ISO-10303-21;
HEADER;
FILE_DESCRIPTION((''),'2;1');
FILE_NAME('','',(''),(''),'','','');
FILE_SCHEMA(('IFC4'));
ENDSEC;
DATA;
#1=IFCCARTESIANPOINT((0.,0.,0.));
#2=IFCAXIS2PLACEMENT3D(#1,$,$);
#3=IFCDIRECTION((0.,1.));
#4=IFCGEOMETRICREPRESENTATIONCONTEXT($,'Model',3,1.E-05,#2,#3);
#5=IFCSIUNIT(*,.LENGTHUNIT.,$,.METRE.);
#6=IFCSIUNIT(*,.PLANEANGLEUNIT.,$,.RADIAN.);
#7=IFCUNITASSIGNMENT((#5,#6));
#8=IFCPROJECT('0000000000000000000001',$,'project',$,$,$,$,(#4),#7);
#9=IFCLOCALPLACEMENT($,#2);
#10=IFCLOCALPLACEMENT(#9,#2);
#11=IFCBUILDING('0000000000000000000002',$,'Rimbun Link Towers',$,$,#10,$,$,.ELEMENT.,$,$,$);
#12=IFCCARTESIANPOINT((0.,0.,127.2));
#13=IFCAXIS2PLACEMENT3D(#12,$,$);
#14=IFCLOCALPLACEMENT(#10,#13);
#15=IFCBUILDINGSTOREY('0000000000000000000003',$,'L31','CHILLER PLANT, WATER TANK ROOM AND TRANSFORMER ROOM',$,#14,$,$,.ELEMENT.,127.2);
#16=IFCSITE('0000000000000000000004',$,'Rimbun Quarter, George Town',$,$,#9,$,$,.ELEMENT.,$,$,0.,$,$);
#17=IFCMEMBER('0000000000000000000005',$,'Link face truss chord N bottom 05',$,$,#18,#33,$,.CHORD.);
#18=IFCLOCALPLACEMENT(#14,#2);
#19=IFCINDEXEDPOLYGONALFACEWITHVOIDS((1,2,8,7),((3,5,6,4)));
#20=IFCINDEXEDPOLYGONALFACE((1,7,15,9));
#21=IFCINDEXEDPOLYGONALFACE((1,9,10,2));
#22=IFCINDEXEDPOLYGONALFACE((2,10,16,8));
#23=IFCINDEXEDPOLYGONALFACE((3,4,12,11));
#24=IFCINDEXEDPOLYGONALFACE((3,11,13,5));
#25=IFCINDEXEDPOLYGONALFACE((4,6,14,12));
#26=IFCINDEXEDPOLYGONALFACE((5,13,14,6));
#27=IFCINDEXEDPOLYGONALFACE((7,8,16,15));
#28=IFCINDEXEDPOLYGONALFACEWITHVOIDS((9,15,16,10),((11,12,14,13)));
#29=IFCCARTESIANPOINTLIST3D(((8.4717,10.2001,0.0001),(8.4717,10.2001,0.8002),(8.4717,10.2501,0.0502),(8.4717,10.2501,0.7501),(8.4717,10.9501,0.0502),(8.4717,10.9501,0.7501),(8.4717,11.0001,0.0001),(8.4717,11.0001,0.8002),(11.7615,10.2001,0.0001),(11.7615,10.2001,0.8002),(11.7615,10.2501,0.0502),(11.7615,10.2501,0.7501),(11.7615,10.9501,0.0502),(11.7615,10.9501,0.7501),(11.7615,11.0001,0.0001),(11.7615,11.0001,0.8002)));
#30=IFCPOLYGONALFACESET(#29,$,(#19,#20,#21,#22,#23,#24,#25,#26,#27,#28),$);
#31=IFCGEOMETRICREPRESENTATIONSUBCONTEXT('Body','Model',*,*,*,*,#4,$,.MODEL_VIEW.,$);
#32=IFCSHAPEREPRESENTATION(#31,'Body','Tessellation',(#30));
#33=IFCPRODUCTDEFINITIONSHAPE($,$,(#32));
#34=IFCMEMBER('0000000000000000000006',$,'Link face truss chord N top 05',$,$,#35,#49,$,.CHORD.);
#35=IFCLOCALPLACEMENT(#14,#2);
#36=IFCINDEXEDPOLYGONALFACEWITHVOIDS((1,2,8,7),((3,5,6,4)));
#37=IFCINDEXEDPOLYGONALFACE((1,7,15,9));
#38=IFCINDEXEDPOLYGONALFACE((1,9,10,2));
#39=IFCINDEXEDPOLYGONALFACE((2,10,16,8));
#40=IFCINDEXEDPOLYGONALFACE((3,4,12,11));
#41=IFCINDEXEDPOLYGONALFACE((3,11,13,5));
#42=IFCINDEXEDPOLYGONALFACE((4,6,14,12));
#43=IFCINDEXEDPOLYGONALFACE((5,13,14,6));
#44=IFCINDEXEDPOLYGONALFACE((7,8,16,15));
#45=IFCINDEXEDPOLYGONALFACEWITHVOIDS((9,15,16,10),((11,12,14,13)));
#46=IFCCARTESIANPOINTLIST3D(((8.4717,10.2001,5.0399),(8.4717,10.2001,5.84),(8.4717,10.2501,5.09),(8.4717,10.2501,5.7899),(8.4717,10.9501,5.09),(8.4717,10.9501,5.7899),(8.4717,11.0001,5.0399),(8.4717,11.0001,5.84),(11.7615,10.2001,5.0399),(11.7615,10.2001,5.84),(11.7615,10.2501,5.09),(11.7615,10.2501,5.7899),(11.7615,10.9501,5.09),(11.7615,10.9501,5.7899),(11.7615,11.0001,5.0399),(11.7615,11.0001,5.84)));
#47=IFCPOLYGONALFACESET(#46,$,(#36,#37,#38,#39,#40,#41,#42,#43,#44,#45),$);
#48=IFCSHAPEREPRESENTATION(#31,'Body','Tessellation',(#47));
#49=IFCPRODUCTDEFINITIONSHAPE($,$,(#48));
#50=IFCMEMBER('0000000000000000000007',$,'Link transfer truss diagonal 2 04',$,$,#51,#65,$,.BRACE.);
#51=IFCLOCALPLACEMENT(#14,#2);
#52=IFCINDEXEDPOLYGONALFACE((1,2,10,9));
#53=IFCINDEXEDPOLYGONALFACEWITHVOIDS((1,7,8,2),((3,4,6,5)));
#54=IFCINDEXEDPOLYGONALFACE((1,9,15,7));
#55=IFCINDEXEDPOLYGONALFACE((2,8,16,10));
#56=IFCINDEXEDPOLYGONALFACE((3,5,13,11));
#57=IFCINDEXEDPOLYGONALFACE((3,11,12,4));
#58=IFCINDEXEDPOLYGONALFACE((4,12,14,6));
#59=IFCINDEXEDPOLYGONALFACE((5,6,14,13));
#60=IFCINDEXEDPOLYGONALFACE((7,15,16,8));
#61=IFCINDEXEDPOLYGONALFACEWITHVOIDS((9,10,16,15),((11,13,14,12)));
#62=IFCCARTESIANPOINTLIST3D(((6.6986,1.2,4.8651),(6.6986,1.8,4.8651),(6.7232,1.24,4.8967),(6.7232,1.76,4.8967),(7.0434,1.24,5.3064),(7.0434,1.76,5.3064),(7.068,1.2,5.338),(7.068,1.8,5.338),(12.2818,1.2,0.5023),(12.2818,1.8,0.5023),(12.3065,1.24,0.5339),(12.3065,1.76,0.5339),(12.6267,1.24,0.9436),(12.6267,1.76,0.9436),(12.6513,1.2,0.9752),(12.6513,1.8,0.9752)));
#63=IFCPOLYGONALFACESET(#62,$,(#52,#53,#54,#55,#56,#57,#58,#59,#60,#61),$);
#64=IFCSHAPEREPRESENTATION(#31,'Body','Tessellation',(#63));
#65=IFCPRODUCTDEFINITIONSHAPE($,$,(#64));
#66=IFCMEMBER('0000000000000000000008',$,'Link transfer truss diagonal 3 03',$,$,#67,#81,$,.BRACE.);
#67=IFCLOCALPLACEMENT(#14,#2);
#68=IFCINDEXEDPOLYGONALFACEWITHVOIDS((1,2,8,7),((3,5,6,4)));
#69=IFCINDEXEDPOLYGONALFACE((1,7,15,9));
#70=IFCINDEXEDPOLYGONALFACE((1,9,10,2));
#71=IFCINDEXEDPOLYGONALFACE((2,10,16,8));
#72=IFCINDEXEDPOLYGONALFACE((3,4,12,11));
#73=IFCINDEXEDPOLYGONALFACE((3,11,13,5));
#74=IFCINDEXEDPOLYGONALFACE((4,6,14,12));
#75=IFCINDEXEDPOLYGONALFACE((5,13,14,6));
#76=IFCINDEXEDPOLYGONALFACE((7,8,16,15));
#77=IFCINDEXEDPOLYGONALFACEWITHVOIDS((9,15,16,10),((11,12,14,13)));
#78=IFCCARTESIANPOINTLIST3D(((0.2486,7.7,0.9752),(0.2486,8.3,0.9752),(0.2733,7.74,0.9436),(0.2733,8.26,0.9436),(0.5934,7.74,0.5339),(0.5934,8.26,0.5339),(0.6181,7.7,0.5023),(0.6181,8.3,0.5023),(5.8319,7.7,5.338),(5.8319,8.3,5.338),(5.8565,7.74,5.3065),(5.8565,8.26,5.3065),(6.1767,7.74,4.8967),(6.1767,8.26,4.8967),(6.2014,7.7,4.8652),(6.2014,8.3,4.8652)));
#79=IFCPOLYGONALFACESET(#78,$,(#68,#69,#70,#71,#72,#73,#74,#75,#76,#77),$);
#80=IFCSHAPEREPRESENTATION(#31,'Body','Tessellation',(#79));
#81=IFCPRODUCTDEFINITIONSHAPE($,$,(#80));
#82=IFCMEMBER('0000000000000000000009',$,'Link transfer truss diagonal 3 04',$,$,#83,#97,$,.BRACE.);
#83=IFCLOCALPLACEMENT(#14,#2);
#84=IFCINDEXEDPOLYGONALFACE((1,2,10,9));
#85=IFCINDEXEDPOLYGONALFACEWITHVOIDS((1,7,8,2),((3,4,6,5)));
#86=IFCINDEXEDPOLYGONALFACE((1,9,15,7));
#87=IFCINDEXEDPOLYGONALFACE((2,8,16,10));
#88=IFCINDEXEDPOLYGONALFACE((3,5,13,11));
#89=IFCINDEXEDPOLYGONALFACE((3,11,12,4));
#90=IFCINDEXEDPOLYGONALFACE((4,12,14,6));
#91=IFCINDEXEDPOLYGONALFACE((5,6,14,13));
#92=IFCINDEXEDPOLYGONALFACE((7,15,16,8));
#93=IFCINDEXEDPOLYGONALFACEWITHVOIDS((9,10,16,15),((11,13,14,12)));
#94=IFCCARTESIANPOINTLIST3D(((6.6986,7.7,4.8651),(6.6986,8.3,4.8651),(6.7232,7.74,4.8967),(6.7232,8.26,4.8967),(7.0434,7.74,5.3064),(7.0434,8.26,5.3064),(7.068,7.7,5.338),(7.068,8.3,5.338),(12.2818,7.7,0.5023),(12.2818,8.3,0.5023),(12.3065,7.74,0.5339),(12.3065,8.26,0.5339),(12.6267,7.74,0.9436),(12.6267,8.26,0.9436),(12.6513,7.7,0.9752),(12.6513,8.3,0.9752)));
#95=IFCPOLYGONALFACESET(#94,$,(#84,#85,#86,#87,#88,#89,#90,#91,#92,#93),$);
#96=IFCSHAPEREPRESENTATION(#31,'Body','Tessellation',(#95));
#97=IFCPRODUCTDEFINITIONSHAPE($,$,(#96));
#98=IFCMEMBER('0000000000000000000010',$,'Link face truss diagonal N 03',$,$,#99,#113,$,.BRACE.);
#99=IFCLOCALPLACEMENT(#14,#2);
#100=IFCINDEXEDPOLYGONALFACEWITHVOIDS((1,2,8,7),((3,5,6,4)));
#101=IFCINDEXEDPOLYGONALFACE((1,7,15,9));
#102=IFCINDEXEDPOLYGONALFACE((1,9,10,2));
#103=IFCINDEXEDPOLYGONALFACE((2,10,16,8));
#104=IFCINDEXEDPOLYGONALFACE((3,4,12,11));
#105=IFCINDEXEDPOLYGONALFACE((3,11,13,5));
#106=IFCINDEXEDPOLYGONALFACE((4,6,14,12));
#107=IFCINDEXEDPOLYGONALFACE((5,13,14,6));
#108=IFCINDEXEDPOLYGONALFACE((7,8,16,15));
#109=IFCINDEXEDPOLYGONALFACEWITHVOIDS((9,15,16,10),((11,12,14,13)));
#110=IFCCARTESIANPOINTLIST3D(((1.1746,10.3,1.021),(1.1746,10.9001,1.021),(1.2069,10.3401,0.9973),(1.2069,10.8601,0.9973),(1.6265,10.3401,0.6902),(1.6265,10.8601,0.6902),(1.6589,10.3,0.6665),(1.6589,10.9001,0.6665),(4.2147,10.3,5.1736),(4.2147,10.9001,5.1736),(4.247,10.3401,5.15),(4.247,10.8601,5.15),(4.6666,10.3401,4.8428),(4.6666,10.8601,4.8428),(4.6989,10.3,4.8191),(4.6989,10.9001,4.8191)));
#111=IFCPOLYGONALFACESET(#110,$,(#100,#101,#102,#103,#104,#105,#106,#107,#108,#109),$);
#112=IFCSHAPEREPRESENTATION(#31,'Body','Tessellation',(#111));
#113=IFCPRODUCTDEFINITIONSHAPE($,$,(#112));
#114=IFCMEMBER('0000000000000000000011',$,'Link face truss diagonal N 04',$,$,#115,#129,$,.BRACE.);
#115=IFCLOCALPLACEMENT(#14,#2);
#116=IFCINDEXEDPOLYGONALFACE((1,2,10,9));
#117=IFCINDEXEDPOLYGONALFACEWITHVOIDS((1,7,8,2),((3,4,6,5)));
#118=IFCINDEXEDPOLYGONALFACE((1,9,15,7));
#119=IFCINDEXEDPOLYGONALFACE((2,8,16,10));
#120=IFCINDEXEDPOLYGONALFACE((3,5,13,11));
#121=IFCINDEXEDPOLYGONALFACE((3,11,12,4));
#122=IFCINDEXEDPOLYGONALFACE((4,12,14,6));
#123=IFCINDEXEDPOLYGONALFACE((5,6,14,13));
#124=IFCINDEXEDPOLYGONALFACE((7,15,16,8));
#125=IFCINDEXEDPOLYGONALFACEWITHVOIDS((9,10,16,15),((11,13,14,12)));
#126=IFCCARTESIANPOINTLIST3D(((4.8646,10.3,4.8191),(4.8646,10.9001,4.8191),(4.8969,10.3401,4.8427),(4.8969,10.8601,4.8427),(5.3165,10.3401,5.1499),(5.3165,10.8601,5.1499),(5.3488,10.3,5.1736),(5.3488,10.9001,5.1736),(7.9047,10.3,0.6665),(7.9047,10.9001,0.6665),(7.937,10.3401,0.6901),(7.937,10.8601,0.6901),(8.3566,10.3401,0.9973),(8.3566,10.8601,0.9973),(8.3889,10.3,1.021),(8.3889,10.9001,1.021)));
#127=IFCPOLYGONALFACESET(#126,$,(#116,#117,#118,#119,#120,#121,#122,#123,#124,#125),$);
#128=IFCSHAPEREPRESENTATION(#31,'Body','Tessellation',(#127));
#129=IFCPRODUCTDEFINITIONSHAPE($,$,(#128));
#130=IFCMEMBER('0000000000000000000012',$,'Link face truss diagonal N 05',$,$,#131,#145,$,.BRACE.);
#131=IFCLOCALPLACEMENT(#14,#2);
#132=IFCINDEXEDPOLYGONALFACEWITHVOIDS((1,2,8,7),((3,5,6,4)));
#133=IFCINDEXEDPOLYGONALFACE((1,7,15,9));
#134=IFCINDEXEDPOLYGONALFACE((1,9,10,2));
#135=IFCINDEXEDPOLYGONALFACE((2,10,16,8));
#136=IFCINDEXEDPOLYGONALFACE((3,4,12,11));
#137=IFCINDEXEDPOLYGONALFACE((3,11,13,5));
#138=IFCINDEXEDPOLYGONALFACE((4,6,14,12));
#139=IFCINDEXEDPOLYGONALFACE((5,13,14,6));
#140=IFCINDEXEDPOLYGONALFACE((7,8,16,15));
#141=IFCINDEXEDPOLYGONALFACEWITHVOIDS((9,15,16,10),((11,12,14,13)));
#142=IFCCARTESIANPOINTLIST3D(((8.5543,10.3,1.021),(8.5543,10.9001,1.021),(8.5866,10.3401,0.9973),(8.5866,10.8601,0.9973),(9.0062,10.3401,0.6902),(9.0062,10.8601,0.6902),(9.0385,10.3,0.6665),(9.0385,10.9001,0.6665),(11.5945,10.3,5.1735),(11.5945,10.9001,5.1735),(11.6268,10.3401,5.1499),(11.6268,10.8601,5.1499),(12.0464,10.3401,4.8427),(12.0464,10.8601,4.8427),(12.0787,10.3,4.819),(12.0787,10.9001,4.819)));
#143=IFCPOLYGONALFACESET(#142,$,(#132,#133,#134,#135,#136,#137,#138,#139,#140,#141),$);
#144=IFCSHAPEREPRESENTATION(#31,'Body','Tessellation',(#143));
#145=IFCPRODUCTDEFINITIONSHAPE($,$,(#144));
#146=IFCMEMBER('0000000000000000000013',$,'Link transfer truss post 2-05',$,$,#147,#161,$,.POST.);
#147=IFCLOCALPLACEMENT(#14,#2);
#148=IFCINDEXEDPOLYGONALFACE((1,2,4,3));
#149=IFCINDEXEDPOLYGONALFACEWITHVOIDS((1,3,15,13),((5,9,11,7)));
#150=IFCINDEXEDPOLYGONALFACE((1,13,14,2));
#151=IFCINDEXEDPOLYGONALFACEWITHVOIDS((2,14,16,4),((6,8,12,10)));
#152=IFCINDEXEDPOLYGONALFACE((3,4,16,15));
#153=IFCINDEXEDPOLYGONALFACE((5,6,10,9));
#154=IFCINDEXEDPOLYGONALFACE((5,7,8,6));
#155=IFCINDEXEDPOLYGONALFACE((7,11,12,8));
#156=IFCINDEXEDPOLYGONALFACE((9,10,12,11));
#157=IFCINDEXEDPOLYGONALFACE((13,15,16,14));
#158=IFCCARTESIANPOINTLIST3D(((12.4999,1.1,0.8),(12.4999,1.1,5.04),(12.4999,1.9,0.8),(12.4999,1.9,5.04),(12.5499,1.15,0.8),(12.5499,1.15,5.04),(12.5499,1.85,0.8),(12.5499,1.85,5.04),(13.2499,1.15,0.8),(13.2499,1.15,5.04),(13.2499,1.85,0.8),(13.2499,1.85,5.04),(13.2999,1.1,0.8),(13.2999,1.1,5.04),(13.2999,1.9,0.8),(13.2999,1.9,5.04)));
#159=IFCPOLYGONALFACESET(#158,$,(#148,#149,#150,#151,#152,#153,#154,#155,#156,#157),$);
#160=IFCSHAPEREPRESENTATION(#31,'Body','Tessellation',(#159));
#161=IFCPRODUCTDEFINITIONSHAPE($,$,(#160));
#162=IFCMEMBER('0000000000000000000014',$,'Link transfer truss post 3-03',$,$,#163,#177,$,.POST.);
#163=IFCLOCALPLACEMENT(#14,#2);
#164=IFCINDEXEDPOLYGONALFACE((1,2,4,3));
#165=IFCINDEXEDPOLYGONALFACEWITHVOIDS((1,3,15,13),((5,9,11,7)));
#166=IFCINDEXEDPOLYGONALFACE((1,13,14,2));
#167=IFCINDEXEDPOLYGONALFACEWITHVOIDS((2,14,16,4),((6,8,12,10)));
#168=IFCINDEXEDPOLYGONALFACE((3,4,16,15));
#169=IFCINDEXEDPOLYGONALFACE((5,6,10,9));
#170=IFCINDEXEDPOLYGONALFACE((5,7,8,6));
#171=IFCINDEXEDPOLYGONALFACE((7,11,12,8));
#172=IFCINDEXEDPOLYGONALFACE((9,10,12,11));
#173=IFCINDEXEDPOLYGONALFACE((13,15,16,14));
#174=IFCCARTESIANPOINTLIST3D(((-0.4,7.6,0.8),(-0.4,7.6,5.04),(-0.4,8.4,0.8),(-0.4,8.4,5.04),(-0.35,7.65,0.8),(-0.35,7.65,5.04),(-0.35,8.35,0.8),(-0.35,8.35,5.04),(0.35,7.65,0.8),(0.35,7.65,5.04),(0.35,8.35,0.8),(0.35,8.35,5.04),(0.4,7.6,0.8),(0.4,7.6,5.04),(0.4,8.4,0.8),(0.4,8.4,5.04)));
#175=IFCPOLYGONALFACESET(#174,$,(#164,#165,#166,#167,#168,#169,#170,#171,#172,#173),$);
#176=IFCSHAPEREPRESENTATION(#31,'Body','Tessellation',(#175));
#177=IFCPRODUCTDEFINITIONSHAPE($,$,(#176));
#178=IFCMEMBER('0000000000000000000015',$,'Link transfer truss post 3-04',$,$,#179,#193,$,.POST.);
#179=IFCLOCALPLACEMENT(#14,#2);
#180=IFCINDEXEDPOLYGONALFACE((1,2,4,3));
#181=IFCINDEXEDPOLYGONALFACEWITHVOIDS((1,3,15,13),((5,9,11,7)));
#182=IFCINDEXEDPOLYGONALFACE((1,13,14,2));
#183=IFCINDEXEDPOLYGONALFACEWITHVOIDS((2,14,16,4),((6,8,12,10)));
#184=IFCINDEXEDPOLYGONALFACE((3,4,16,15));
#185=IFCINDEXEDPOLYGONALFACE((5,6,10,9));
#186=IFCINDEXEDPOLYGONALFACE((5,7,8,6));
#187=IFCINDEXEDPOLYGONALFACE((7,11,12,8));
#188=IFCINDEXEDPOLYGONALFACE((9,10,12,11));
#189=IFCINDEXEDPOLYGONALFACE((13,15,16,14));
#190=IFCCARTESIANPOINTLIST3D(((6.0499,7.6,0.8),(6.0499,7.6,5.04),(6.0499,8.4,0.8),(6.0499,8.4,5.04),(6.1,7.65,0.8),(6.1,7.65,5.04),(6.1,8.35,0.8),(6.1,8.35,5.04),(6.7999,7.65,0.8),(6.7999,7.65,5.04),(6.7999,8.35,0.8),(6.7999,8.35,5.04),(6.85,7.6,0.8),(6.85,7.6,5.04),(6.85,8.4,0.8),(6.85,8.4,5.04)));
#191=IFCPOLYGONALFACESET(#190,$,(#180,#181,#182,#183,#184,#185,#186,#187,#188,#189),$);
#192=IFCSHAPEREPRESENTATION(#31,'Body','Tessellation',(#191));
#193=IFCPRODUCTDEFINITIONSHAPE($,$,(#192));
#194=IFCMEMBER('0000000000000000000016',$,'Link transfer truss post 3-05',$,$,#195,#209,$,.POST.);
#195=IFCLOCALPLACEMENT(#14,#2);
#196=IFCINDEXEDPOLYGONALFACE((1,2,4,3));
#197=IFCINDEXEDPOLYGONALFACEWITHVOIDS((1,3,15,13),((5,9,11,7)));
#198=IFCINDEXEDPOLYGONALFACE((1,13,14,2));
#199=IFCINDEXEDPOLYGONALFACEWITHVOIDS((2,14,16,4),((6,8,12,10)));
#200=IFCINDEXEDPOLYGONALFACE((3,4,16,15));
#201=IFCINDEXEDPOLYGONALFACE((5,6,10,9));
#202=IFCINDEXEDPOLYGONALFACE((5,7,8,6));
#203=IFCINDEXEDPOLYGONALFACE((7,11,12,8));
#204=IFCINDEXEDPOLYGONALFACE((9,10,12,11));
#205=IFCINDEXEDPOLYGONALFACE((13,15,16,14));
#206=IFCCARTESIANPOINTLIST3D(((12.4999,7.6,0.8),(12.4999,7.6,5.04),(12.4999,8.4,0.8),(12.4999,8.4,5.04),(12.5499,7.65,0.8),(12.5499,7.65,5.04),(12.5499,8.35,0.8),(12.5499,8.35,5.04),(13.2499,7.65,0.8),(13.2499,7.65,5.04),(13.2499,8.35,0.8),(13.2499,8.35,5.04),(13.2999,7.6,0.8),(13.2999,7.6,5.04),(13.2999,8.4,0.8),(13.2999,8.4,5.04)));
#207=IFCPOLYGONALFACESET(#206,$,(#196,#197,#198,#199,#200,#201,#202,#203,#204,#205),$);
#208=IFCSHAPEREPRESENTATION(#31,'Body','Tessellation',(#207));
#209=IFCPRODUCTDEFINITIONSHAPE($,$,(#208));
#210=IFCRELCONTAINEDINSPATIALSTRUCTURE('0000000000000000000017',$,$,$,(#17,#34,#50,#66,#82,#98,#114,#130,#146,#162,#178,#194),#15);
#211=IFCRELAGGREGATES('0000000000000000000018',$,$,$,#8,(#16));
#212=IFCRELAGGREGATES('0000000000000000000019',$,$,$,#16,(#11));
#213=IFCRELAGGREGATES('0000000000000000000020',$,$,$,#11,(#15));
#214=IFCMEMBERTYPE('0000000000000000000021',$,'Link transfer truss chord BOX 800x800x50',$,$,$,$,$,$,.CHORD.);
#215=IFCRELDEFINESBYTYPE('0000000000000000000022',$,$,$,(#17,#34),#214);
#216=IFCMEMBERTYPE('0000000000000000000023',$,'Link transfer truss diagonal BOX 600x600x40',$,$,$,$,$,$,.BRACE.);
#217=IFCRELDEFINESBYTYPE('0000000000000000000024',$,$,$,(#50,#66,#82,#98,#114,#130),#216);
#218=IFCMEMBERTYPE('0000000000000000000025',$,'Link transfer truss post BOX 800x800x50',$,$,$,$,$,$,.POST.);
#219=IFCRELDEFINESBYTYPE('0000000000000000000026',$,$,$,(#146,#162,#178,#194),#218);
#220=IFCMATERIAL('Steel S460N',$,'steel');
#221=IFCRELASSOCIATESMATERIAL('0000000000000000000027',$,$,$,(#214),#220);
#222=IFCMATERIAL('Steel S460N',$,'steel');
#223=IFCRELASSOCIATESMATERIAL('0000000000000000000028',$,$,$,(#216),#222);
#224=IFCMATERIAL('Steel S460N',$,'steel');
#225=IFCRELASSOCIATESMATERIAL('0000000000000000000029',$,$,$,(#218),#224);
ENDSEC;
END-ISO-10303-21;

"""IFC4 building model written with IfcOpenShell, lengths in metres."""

from ifc_helpers import new_model, si_unit, direction, frame, origin, origin_2d, place, context, subcontext, project, spatial, hollow_rectangle, extrude, material, material_profile, profile_set, type_object, element, save


model = new_model("IFC4")

# Units and contexts
model_context = context("Model", 3, precision=1e-05, world=origin(), true_north=direction((0.0, 1.0)))
body_context = subcontext(model_context, "Body", "Model", "MODEL_VIEW")
ifc_project = project(units=[si_unit("LENGTHUNIT", "METRE"), si_unit("PLANEANGLEUNIT", "RADIAN")], contexts=[model_context])

# Site, building, storey
site_placement = place(None, origin())
site = spatial("IfcSite", under=ifc_project, at=site_placement, Name="Rimbun Quarter, George Town", CompositionType="ELEMENT", RefElevation=0.0)
building_placement = place(site_placement, origin())
building = spatial("IfcBuilding", under=site, at=building_placement, Name="Rimbun Link Towers", CompositionType="ELEMENT")
storey_placement = place(building_placement, frame((0.0, 0.0, 127.2)))
storey = spatial("IfcBuildingStorey", under=building, at=storey_placement, Name="L31", Description="CHILLER PLANT, WATER TANK ROOM AND TRANSFORMER ROOM", CompositionType="ELEMENT", Elevation=127.2)

# Members
ifc_material_1 = material(Name="Steel S460N", Category="steel")
ifc_material_profile_1 = material_profile(ifc_material_1, hollow_rectangle(XDim=0.8, YDim=0.8, WallThickness=0.05, at=origin_2d()), Name="Link transfer truss chord BOX 800x800x50")
ifc_profile_set_1 = profile_set([ifc_material_profile_1], Name="Steel S460N")
member_type_1 = type_object("IfcMemberType", Name="Link transfer truss chord BOX 800x800x50", PredefinedType="CHORD", material=ifc_profile_set_1)
for number, where, z_axis, x_axis, name in (
    (1, (8.4717, 10.6001, 0.4001), (1.0, 0.0, 0.0), (0.0, 1.0, 0.0), "Link face truss chord N bottom 05"),
    (2, (8.4717, 10.6001, 5.4399), (1.0, 0.0, 0.0), (0.0, 1.0, 0.0), "Link face truss chord N top 05"),
):
    element("IfcMember", number, at=place(storey_placement, frame(where, z_axis=z_axis, x_axis=x_axis)), inside=storey, type_object=member_type_1, Name=name, PredefinedType="CHORD", context=body_context, shape_type="SweptSolid", body=[
        extrude(hollow_rectangle(XDim=0.8, YDim=0.8, WallThickness=0.05, at=origin_2d()), origin(), (0.0, 0.0, 1.0), 3.2898),
    ])
ifc_material_2 = material(Name="Steel S460N", Category="steel")
ifc_material_profile_2 = material_profile(ifc_material_2, hollow_rectangle(XDim=0.6001, YDim=0.6001, WallThickness=0.04, at=origin_2d()), Name="Link transfer truss diagonal BOX 600x600x40")
ifc_profile_set_2 = profile_set([ifc_material_profile_2], Name="Steel S460N")
member_type_2 = type_object("IfcMemberType", Name="Link transfer truss diagonal BOX 600x600x40", PredefinedType="BRACE", material=ifc_profile_set_2)
for number, where, z_axis, x_axis, name in (
    (3, (6.8833, 1.5, 5.1016), (0.787964, 0.0, -0.615721), (0.0, 1.0, 0.0), "Link transfer truss diagonal 2 04"),
    (4, (0.4333, 8.0, 0.7388), (0.787964, 0.0, 0.615721), (0.0, 1.0, 0.0), "Link transfer truss diagonal 3 03"),
    (5, (6.8833, 8.0, 5.1016), (0.787964, 0.0, -0.615721), (0.0, 1.0, 0.0), "Link transfer truss diagonal 3 04"),
):
    element("IfcMember", number, at=place(storey_placement, frame(where, z_axis=z_axis, x_axis=x_axis)), inside=storey, type_object=member_type_2, Name=name, PredefinedType="BRACE", context=body_context, shape_type="SweptSolid", body=[
        extrude(hollow_rectangle(XDim=0.6001, YDim=0.6001, WallThickness=0.04, at=origin_2d()), origin(), (0.0, 0.0, 1.0), 7.0857),
    ])
for number, where, z_axis, x_axis, name in (
    (6, (1.4167, 10.6001, 0.8438), (0.590707, 0.0, 0.806886), (0.0, 1.0, 0.0), "Link face truss diagonal N 03"),
    (7, (5.1067, 10.6001, 4.9963), (0.590707, 0.0, -0.806886), (0.0, 1.0, 0.0), "Link face truss diagonal N 04"),
    (8, (8.7964, 10.6001, 0.8438), (0.590738, 0.0, 0.806863), (0.0, 1.0, 0.0), "Link face truss diagonal N 05"),
):
    element("IfcMember", number, at=place(storey_placement, frame(where, z_axis=z_axis, x_axis=x_axis)), inside=storey, type_object=member_type_2, Name=name, PredefinedType="BRACE", context=body_context, shape_type="SweptSolid", body=[
        extrude(hollow_rectangle(XDim=0.6001, YDim=0.6001, WallThickness=0.04, at=origin_2d()), origin(), (0.0, 0.0, 1.0), 5.1465),
    ])
ifc_material_3 = material(Name="Steel S460N", Category="steel")
ifc_material_profile_3 = material_profile(ifc_material_3, hollow_rectangle(XDim=0.8, YDim=0.8, WallThickness=0.05, at=origin_2d()), Name="Link transfer truss post BOX 800x800x50")
ifc_profile_set_3 = profile_set([ifc_material_profile_3], Name="Steel S460N")
member_type_3 = type_object("IfcMemberType", Name="Link transfer truss post BOX 800x800x50", PredefinedType="POST", material=ifc_profile_set_3)
for number, where, z_axis, x_axis, name in (
    (9, (12.8999, 1.5, 0.8), (0.0, 0.0, 1.0), (1.0, 0.0, 0.0), "Link transfer truss post 2-05"),
    (10, (0.0, 8.0, 0.8), (0.0, 0.0, 1.0), (1.0, 0.0, 0.0), "Link transfer truss post 3-03"),
    (11, (6.45, 8.0, 0.8), (0.0, 0.0, 1.0), (1.0, 0.0, 0.0), "Link transfer truss post 3-04"),
    (12, (12.8999, 8.0, 0.8), (0.0, 0.0, 1.0), (1.0, 0.0, 0.0), "Link transfer truss post 3-05"),
):
    element("IfcMember", number, at=place(storey_placement, frame(where, z_axis=z_axis, x_axis=x_axis)), inside=storey, type_object=member_type_3, Name=name, PredefinedType="POST", context=body_context, shape_type="SweptSolid", body=[
        extrude(hollow_rectangle(XDim=0.8, YDim=0.8, WallThickness=0.05, at=origin_2d()), origin(), (0.0, 0.0, 1.0), 4.24),
    ])

save(model, "model.ifc")
